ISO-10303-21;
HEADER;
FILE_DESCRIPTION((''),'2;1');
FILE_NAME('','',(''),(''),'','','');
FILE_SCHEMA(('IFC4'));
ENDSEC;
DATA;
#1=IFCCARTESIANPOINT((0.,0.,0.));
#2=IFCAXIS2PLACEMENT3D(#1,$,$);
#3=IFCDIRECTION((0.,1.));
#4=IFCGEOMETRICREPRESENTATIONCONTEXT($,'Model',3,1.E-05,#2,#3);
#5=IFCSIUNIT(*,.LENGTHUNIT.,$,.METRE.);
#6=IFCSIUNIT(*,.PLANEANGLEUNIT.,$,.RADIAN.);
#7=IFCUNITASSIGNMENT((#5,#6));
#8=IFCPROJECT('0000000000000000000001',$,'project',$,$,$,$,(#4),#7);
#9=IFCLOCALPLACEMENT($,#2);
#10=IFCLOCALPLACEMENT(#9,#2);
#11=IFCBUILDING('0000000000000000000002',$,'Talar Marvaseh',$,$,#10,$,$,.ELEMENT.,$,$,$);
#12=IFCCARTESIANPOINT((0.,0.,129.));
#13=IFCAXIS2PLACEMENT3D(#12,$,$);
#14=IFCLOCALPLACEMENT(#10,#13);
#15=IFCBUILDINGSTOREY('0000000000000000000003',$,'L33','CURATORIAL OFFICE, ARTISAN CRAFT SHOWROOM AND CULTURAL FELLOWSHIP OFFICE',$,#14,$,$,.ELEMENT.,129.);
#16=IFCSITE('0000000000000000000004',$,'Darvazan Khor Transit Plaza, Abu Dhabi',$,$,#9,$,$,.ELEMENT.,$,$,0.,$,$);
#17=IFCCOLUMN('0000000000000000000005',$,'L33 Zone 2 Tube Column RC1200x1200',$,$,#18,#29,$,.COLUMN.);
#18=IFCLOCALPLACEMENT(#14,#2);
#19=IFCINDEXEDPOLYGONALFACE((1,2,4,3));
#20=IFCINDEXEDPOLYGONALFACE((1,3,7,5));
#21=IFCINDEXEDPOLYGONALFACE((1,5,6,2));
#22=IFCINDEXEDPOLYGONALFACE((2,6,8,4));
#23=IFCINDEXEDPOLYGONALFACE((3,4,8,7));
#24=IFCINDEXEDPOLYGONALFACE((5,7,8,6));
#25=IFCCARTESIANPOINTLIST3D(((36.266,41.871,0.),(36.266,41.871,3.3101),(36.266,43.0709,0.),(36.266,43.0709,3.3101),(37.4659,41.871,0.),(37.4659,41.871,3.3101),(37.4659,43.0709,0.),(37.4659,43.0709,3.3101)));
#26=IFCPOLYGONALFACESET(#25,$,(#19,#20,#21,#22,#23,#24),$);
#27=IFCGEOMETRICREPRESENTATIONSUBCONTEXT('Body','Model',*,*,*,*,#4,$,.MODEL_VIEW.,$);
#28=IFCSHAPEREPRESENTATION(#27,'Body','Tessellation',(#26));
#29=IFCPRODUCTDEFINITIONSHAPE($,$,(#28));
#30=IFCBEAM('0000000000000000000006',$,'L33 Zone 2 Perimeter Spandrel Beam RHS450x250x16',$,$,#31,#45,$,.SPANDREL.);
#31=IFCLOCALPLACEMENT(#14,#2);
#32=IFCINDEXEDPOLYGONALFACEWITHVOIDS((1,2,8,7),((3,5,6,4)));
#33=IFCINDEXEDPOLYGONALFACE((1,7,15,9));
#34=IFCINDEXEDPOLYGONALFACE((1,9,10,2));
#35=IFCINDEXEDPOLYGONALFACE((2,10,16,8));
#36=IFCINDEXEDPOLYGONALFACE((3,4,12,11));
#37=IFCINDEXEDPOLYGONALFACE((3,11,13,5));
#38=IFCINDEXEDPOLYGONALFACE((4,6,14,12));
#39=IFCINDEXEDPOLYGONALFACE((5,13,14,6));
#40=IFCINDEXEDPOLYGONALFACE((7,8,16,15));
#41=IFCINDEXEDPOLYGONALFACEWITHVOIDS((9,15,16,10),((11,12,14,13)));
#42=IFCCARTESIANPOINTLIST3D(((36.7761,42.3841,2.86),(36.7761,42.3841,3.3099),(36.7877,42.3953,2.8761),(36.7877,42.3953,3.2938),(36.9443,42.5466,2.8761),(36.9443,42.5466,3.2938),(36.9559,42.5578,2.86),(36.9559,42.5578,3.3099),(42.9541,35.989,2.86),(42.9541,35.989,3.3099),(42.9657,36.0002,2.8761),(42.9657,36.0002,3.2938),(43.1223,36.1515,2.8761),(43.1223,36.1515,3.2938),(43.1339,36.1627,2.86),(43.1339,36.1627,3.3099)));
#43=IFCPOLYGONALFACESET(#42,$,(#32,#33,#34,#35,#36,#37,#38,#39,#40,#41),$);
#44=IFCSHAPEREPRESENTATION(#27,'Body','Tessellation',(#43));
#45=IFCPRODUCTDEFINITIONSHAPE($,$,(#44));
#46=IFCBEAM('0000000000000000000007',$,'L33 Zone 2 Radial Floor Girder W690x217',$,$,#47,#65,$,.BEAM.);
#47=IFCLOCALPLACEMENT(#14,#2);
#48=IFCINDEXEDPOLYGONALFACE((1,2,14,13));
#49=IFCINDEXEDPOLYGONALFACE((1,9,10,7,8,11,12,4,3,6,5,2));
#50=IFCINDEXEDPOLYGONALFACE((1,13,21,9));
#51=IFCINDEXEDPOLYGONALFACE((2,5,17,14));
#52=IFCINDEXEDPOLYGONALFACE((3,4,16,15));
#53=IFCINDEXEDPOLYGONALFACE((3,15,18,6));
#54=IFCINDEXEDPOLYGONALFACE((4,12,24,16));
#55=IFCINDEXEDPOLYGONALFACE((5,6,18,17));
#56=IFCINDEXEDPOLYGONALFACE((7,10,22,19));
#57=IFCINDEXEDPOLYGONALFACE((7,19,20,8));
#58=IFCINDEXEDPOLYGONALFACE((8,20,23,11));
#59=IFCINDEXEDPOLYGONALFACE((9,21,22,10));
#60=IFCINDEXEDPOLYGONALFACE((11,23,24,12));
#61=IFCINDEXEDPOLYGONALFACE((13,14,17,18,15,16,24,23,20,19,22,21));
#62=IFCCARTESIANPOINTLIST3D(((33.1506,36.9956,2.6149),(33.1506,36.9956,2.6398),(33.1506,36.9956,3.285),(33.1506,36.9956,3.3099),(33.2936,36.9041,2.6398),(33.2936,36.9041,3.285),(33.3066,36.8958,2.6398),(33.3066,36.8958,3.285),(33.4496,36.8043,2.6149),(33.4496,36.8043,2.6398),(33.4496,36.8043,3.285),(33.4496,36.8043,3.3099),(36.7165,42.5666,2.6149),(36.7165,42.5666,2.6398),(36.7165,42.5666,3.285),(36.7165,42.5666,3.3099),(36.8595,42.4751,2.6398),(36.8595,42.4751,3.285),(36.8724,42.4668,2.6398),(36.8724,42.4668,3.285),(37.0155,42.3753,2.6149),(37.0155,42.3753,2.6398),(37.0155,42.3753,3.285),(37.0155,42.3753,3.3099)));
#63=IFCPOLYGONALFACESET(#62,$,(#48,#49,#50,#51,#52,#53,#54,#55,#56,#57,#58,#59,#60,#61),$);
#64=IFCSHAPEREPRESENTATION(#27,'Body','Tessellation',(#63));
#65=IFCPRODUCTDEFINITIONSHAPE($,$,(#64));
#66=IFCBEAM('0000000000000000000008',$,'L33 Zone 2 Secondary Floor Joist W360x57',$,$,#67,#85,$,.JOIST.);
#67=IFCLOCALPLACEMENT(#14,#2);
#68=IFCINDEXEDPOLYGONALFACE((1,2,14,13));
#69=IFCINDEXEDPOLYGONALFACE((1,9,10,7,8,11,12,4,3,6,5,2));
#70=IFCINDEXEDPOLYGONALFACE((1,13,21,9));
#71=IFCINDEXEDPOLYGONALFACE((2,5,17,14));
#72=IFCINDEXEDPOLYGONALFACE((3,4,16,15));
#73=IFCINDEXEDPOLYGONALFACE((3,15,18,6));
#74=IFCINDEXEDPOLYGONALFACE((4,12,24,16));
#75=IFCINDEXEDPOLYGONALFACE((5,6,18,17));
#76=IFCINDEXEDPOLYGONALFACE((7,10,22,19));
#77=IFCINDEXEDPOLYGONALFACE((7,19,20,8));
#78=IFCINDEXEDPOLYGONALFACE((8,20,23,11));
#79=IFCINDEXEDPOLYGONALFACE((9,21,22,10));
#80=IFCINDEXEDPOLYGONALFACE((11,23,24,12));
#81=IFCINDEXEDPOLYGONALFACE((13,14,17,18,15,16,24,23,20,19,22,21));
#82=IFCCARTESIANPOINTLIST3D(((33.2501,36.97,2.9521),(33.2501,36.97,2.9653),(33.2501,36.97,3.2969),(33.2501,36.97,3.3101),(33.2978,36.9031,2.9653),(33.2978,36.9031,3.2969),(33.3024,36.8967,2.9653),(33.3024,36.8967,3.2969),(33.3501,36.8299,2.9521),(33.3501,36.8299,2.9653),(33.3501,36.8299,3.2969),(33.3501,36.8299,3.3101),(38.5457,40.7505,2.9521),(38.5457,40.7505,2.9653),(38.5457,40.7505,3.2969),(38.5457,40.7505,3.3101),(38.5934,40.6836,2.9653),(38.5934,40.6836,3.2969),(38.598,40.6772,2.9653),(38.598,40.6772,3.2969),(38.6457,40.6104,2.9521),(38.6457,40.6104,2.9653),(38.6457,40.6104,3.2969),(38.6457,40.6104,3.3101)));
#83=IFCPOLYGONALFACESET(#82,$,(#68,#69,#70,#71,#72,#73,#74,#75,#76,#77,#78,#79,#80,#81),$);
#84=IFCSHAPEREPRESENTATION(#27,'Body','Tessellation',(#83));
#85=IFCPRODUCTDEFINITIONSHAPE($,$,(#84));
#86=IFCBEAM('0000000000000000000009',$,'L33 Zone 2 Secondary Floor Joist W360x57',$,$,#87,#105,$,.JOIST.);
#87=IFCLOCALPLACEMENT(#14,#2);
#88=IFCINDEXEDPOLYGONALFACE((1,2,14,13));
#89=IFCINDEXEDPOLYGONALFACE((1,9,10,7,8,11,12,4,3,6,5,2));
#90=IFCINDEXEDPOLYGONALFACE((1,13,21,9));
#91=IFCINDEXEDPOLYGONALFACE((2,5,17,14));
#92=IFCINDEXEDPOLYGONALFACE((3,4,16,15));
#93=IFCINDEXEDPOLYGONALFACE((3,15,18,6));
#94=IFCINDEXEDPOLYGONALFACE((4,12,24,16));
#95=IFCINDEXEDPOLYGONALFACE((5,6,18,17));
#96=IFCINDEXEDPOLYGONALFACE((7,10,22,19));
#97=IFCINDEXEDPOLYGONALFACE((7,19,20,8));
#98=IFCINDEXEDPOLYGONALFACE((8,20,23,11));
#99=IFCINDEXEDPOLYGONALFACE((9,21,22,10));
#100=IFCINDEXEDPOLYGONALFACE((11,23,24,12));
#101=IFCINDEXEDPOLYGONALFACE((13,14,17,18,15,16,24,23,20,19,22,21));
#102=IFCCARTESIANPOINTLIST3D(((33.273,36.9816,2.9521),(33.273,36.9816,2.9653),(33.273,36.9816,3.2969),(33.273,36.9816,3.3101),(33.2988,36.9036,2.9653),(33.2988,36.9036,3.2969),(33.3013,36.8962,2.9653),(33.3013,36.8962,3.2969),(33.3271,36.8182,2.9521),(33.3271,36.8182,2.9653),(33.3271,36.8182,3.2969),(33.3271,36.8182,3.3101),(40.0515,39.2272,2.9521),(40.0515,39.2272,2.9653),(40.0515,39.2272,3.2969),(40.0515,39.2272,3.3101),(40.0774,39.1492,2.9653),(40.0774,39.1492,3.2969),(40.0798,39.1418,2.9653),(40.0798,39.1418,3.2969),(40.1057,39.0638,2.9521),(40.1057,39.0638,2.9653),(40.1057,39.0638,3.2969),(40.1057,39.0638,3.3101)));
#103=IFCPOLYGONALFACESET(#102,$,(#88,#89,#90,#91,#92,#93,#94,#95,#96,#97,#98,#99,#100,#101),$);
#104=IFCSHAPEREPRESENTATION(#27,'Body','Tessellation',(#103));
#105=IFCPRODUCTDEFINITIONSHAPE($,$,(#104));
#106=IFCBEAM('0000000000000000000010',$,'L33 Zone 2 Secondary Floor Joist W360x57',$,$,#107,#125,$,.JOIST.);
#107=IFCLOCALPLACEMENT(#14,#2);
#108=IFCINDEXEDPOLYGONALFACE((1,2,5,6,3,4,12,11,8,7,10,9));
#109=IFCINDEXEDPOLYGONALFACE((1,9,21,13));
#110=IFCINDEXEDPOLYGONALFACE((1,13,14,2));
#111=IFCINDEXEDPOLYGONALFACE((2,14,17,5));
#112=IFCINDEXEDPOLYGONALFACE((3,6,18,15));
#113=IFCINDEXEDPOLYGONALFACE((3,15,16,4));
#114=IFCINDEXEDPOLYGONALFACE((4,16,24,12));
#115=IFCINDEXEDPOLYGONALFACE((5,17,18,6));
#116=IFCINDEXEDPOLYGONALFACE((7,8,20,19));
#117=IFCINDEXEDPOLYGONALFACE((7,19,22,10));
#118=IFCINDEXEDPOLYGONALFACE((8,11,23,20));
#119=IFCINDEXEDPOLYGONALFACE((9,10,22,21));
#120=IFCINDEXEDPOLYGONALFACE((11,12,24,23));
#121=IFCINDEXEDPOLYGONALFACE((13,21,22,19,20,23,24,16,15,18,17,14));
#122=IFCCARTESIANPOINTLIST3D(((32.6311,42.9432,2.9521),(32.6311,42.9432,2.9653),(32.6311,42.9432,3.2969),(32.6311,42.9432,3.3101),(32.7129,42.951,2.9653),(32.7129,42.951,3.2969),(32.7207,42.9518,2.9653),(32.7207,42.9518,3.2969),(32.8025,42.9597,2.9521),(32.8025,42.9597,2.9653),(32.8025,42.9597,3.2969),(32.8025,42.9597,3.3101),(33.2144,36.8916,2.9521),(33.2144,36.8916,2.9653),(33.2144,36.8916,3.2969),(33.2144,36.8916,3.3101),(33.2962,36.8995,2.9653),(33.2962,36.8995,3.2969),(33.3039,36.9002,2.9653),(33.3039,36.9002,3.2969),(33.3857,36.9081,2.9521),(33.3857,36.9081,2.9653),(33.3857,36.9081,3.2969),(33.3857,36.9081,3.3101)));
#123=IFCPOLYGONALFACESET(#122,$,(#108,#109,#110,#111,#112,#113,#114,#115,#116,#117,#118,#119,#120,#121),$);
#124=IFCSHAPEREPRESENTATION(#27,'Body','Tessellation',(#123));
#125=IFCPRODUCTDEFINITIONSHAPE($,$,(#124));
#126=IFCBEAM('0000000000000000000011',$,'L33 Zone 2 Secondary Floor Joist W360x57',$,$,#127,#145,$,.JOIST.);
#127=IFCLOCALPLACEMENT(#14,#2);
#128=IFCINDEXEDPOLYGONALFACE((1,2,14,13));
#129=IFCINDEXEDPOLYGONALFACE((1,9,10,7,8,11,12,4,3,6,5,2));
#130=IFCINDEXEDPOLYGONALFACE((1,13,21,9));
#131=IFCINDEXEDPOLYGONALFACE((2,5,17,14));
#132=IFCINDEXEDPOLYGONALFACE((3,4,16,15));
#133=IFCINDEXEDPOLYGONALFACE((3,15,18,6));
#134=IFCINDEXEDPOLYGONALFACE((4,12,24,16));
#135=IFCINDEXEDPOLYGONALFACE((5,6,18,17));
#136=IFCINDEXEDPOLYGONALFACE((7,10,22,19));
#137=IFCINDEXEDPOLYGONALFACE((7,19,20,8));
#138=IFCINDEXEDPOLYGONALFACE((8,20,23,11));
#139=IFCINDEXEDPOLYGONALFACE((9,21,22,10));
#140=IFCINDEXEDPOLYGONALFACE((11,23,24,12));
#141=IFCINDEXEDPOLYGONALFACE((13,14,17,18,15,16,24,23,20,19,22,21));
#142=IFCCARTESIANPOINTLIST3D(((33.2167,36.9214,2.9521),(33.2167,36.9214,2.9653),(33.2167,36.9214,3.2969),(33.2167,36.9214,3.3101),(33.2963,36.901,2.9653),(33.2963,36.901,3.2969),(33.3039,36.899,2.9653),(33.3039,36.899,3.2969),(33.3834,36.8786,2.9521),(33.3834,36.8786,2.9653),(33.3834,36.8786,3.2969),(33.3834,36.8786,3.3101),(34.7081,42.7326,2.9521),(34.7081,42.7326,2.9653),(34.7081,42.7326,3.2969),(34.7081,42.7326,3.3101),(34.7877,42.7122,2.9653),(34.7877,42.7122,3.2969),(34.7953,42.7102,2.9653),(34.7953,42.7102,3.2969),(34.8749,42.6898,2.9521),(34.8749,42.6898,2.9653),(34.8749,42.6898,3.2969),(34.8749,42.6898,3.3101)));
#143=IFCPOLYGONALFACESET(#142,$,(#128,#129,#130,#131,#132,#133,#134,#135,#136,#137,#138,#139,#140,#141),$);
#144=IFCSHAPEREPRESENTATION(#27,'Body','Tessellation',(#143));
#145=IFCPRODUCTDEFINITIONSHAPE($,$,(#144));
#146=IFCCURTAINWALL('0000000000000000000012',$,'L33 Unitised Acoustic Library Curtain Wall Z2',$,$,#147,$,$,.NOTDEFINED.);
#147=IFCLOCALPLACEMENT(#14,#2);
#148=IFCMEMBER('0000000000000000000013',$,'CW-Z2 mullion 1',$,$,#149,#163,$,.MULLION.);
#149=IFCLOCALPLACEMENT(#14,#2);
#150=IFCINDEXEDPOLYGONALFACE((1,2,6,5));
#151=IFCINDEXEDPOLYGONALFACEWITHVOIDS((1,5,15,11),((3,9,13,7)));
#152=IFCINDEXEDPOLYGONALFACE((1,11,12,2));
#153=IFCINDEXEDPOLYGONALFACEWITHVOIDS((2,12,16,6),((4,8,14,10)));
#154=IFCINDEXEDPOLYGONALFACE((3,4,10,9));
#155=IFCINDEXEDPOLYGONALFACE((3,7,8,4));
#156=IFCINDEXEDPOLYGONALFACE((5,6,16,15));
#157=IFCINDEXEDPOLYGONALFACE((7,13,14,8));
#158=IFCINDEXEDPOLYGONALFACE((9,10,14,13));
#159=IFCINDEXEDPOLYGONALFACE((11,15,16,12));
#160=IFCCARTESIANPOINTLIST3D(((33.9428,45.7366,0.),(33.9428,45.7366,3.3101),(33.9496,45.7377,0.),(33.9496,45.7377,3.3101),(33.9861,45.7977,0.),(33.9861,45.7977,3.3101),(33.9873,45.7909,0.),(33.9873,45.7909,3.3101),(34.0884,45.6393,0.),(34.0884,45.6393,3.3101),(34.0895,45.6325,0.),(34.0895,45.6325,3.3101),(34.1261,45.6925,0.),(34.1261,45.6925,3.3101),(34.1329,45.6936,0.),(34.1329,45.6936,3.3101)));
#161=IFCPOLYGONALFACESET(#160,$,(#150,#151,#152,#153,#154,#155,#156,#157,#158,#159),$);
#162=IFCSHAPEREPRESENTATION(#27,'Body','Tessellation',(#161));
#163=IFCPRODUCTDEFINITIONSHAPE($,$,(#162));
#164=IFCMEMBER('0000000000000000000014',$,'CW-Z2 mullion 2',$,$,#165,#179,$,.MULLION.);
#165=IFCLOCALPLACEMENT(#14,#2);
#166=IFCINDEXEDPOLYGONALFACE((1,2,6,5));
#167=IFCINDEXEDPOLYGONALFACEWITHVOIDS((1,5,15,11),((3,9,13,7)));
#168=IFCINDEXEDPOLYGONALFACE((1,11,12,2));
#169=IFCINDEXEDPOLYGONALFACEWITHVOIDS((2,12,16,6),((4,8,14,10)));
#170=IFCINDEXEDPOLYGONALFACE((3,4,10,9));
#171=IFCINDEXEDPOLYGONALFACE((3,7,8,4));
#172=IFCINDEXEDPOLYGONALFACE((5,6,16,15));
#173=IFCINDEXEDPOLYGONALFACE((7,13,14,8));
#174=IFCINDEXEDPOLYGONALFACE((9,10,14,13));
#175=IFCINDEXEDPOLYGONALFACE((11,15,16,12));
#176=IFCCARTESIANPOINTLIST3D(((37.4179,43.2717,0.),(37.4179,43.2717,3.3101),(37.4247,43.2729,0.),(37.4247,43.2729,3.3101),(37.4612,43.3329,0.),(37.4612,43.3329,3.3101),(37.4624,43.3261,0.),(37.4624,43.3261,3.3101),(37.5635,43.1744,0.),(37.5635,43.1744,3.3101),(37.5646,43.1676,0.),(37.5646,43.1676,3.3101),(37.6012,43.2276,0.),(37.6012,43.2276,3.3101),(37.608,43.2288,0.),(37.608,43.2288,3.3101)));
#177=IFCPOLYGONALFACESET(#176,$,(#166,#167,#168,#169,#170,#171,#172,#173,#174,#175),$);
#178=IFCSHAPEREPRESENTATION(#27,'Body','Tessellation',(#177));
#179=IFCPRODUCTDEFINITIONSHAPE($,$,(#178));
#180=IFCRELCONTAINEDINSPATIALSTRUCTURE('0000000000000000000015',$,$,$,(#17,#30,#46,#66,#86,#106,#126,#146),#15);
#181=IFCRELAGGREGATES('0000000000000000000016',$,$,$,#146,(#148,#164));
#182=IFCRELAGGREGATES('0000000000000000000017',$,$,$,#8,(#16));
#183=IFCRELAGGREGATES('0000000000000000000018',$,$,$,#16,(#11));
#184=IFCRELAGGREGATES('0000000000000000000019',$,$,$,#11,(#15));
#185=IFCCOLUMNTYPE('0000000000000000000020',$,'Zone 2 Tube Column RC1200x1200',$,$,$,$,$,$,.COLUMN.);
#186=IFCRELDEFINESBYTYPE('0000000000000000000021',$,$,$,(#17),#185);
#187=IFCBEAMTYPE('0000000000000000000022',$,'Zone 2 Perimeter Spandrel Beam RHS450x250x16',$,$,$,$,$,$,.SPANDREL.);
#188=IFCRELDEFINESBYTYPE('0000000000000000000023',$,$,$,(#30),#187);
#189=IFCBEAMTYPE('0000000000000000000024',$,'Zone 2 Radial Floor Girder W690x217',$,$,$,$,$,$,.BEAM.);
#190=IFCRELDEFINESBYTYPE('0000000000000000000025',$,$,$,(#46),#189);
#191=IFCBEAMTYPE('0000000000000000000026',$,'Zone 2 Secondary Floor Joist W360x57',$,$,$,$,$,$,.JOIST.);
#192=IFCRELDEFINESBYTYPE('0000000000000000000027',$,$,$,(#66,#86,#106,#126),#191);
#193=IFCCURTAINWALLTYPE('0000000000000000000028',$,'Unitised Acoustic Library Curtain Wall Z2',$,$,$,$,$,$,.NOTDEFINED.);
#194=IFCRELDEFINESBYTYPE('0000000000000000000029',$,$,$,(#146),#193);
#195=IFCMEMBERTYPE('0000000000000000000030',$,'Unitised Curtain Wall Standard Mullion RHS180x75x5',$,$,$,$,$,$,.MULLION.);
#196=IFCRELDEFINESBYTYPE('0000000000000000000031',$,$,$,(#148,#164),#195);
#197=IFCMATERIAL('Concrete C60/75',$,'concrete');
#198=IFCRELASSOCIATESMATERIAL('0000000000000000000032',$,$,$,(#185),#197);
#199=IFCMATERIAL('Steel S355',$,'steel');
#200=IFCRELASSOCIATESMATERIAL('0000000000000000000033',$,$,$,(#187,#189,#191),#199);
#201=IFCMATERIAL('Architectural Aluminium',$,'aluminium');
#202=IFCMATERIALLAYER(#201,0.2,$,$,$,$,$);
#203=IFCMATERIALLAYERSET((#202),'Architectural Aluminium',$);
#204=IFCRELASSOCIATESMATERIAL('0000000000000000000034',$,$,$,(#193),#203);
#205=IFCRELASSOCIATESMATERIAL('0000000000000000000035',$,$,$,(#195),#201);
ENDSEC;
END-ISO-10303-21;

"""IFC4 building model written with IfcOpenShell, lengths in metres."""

from ifc_helpers import new_model, si_unit, direction, frame, origin, origin_2d, place, context, subcontext, project, spatial, rectangle, hollow_rectangle, i_section, extrude, source, transform, mapped, material, layer, layer_set, material_profile, profile_set, type_object, type_shapes, element, aggregate, save


model = new_model("IFC4")

# Units and contexts
model_context = context("Model", 3, precision=1e-05, world=origin(), true_north=direction((0.0, 1.0)))
body_context = subcontext(model_context, "Body", "Model", "MODEL_VIEW")
ifc_project = project(units=[si_unit("LENGTHUNIT", "METRE"), si_unit("PLANEANGLEUNIT", "RADIAN")], contexts=[model_context])

# Site, building, storey
site_placement = place(None, origin())
site = spatial("IfcSite", under=ifc_project, at=site_placement, Name="Darvazan Khor Transit Plaza, Abu Dhabi", CompositionType="ELEMENT", RefElevation=0.0)
building_placement = place(site_placement, origin())
building = spatial("IfcBuilding", under=site, at=building_placement, Name="Talar Marvaseh", CompositionType="ELEMENT")
storey_placement = place(building_placement, frame((0.0, 0.0, 129.0)))
storey = spatial("IfcBuildingStorey", under=building, at=storey_placement, Name="L33", Description="CURATORIAL OFFICE, ARTISAN CRAFT SHOWROOM AND CULTURAL FELLOWSHIP OFFICE", CompositionType="ELEMENT", Elevation=129.0)

# Column
ifc_material_1 = material(Name="Concrete C60/75", Category="concrete")
ifc_material_profile_1 = material_profile(ifc_material_1, rectangle(XDim=1.2, YDim=1.2, at=origin_2d()), Name="RC1200x1200")
ifc_profile_set_1 = profile_set([ifc_material_profile_1], Name="Concrete C60/75")
column_type = type_object("IfcColumnType", Name="Zone 2 Tube Column RC1200x1200", PredefinedType="COLUMN", material=ifc_profile_set_1)
column_placement = place(storey_placement, frame((36.866, 42.4709, 0.0), z_axis=(0.0, 0.0, 1.0), x_axis=(1.0, 0.0, 0.0)))
element("IfcColumn", 1, at=column_placement, inside=storey, type_object=column_type, Name="L33 Zone 2 Tube Column RC1200x1200", PredefinedType="COLUMN", context=body_context, shape_type="SweptSolid", body=[
    extrude(rectangle(XDim=1.2, YDim=1.2, at=origin_2d()), origin(), (0.0, 0.0, 1.0), 3.3101),
])

# Beams
ifc_material_2 = material(Name="Steel S355", Category="steel")
ifc_material_profile_2 = material_profile(ifc_material_2, hollow_rectangle(XDim=0.25, YDim=0.45, WallThickness=0.0161, at=origin_2d()), Name="RHS450x250x16")
ifc_profile_set_2 = profile_set([ifc_material_profile_2], Name="Steel S355")
beam_type_1 = type_object("IfcBeamType", Name="Zone 2 Perimeter Spandrel Beam RHS450x250x16", PredefinedType="SPANDREL", material=ifc_profile_set_2)
beam_1_placement = place(storey_placement, frame((36.866, 42.4709, 3.085), z_axis=(0.694797, -0.719206, 0.0), x_axis=(0.719206, 0.694797, 0.0)))
element("IfcBeam", 2, at=beam_1_placement, inside=storey, type_object=beam_type_1, Name="L33 Zone 2 Perimeter Spandrel Beam RHS450x250x16", PredefinedType="SPANDREL", context=body_context, shape_type="SweptSolid", body=[
    extrude(hollow_rectangle(XDim=0.25, YDim=0.45, WallThickness=0.0161, at=origin_2d()), origin(), (0.0, 0.0, 1.0), 8.8918),
])
ifc_material_profile_3 = material_profile(ifc_material_2, i_section(OverallWidth=0.355, OverallDepth=0.6951, WebThickness=0.0154, FlangeThickness=0.0249, at=origin_2d()), Name="W690x217")
ifc_profile_set_3 = profile_set([ifc_material_profile_3], Name="Steel S355")
beam_type_2 = type_object("IfcBeamType", Name="Zone 2 Radial Floor Girder W690x217", PredefinedType="BEAM", material=ifc_profile_set_3)
beam_2_placement = place(storey_placement, frame((36.866, 42.4709, 2.9624), z_axis=(-0.539102, -0.842241, 0.0), x_axis=(0.842241, -0.539102, 0.0)))
element("IfcBeam", 3, at=beam_2_placement, inside=storey, type_object=beam_type_2, Name="L33 Zone 2 Radial Floor Girder W690x217", PredefinedType="BEAM", context=body_context, shape_type="SweptSolid", body=[
    extrude(i_section(OverallWidth=0.355, OverallDepth=0.6951, WebThickness=0.0154, FlangeThickness=0.0249, at=origin_2d()), origin(), (0.0, 0.0, 1.0), 6.6145),
])
ifc_material_profile_4 = material_profile(ifc_material_2, i_section(OverallWidth=0.1721, OverallDepth=0.3579, WebThickness=0.0078, FlangeThickness=0.0132, at=origin_2d()), Name="W360x57")
ifc_profile_set_4 = profile_set([ifc_material_profile_4], Name="Steel S355")
beam_type_3 = type_object("IfcBeamType", Name="Zone 2 Secondary Floor Joist W360x57", PredefinedType="JOIST", material=ifc_profile_set_4)
beam_3_placement = place(storey_placement, frame((38.5957, 40.6804, 3.1311), z_axis=(-0.813886, -0.581025, 0.0), x_axis=(0.581025, -0.813886, 0.0)))
element("IfcBeam", 4, at=beam_3_placement, inside=storey, type_object=beam_type_3, Name="L33 Zone 2 Secondary Floor Joist W360x57", PredefinedType="JOIST", context=body_context, shape_type="SweptSolid", body=[
    extrude(i_section(OverallWidth=0.1721, OverallDepth=0.3579, WebThickness=0.0078, FlangeThickness=0.0132, at=origin_2d()), origin(), (0.0, 0.0, 1.0), 6.5066),
])
beam_4_placement = place(storey_placement, frame((40.0786, 39.1455, 3.1311), z_axis=(-0.949266, -0.314473, 0.0), x_axis=(0.314473, -0.949266, 0.0)))
element("IfcBeam", 5, at=beam_4_placement, inside=storey, type_object=beam_type_3, Name="L33 Zone 2 Secondary Floor Joist W360x57", PredefinedType="JOIST", context=body_context, shape_type="SweptSolid", body=[
    extrude(i_section(OverallWidth=0.1721, OverallDepth=0.3579, WebThickness=0.0078, FlangeThickness=0.0132, at=origin_2d()), origin(), (0.0, 0.0, 1.0), 7.1409),
])
beam_5_placement = place(storey_placement, frame((32.7168, 42.9514, 3.1311), z_axis=(0.095937, -0.995387, 0.0), x_axis=(0.995387, 0.095937, 0.0)))
element("IfcBeam", 6, at=beam_5_placement, inside=storey, type_object=beam_type_3, Name="L33 Zone 2 Secondary Floor Joist W360x57", PredefinedType="JOIST", context=body_context, shape_type="SweptSolid", body=[
    extrude(i_section(OverallWidth=0.1721, OverallDepth=0.3579, WebThickness=0.0078, FlangeThickness=0.0132, at=origin_2d()), origin(), (0.0, 0.0, 1.0), 6.0796),
])
beam_6_placement = place(storey_placement, frame((34.7915, 42.7112, 3.1311), z_axis=(-0.248592, -0.968608, 0.0), x_axis=(0.968608, -0.248592, 0.0)))
element("IfcBeam", 7, at=beam_6_placement, inside=storey, type_object=beam_type_3, Name="L33 Zone 2 Secondary Floor Joist W360x57", PredefinedType="JOIST", context=body_context, shape_type="SweptSolid", body=[
    extrude(i_section(OverallWidth=0.1721, OverallDepth=0.3579, WebThickness=0.0078, FlangeThickness=0.0132, at=origin_2d()), origin(), (0.0, 0.0, 1.0), 5.9995),
])

# Curtain wall, members
ifc_material_3 = material(Name="Architectural Aluminium", Category="aluminium")
ifc_layer_1 = layer(ifc_material_3, 0.2)
ifc_layer_set_1 = layer_set([ifc_layer_1], Name="Architectural Aluminium")
curtain_wall_type = type_object("IfcCurtainWallType", Name="Unitised Acoustic Library Curtain Wall Z2", PredefinedType="NOTDEFINED", material=ifc_layer_set_1)
curtain_wall_placement = place(storey_placement, origin())
curtain_wall = element("IfcCurtainWall", 8, at=curtain_wall_placement, inside=storey, type_object=curtain_wall_type, Name="L33 Unitised Acoustic Library Curtain Wall Z2", PredefinedType="NOTDEFINED")
ifc_material_profile_5 = material_profile(ifc_material_3, hollow_rectangle(XDim=0.075, YDim=0.1799, WallThickness=0.0049, at=origin_2d()), Name="RHS180x75x5")
ifc_profile_set_5 = profile_set([ifc_material_profile_5], Name="Architectural Aluminium")
member_type_1 = type_object("IfcMemberType", Name="Unitised Curtain Wall Standard Mullion RHS180x75x5", PredefinedType="MULLION", material=ifc_profile_set_5)
shared_shape_1 = source(origin(), body_context, "Body", "SweptSolid", [
    extrude(hollow_rectangle(XDim=0.075, YDim=0.1799, WallThickness=0.0049, at=origin_2d()), origin(), (0.0, 0.0, 1.0), 3.3101),
])
type_shapes(member_type_1, [shared_shape_1])
member_1_placement = place(storey_placement, frame((34.0378, 45.7151, 0.0), z_axis=(0.0, 0.0, 1.0), x_axis=(0.578518, 0.81567, 0.0)))
member_1 = element("IfcMember", 9, at=member_1_placement, type_object=member_type_1, Name="CW-Z2 mullion 1", PredefinedType="MULLION", context=body_context, shape_type="MappedRepresentation", body=[
    mapped(shared_shape_1, transform((0.0, 0.0, 0.0), x_axis=(1.0, 0.0, 0.0), y_axis=(0.0, 1.0, 0.0), z_axis=(0.0, 0.0, 1.0), scale=1.0)),
])
member_2_placement = place(storey_placement, frame((37.5129, 43.2502, 0.0), z_axis=(0.0, 0.0, 1.0), x_axis=(0.578518, 0.81567, 0.0)))
member_2 = element("IfcMember", 10, at=member_2_placement, type_object=member_type_1, Name="CW-Z2 mullion 2", PredefinedType="MULLION", context=body_context, shape_type="MappedRepresentation", body=[
    mapped(shared_shape_1, transform((0.0, 0.0, 0.0), x_axis=(1.0, 0.0, 0.0), y_axis=(0.0, 1.0, 0.0), z_axis=(0.0, 0.0, 1.0), scale=1.0)),
])
aggregate(curtain_wall, [member_1, member_2])

save(model, "model.ifc")
